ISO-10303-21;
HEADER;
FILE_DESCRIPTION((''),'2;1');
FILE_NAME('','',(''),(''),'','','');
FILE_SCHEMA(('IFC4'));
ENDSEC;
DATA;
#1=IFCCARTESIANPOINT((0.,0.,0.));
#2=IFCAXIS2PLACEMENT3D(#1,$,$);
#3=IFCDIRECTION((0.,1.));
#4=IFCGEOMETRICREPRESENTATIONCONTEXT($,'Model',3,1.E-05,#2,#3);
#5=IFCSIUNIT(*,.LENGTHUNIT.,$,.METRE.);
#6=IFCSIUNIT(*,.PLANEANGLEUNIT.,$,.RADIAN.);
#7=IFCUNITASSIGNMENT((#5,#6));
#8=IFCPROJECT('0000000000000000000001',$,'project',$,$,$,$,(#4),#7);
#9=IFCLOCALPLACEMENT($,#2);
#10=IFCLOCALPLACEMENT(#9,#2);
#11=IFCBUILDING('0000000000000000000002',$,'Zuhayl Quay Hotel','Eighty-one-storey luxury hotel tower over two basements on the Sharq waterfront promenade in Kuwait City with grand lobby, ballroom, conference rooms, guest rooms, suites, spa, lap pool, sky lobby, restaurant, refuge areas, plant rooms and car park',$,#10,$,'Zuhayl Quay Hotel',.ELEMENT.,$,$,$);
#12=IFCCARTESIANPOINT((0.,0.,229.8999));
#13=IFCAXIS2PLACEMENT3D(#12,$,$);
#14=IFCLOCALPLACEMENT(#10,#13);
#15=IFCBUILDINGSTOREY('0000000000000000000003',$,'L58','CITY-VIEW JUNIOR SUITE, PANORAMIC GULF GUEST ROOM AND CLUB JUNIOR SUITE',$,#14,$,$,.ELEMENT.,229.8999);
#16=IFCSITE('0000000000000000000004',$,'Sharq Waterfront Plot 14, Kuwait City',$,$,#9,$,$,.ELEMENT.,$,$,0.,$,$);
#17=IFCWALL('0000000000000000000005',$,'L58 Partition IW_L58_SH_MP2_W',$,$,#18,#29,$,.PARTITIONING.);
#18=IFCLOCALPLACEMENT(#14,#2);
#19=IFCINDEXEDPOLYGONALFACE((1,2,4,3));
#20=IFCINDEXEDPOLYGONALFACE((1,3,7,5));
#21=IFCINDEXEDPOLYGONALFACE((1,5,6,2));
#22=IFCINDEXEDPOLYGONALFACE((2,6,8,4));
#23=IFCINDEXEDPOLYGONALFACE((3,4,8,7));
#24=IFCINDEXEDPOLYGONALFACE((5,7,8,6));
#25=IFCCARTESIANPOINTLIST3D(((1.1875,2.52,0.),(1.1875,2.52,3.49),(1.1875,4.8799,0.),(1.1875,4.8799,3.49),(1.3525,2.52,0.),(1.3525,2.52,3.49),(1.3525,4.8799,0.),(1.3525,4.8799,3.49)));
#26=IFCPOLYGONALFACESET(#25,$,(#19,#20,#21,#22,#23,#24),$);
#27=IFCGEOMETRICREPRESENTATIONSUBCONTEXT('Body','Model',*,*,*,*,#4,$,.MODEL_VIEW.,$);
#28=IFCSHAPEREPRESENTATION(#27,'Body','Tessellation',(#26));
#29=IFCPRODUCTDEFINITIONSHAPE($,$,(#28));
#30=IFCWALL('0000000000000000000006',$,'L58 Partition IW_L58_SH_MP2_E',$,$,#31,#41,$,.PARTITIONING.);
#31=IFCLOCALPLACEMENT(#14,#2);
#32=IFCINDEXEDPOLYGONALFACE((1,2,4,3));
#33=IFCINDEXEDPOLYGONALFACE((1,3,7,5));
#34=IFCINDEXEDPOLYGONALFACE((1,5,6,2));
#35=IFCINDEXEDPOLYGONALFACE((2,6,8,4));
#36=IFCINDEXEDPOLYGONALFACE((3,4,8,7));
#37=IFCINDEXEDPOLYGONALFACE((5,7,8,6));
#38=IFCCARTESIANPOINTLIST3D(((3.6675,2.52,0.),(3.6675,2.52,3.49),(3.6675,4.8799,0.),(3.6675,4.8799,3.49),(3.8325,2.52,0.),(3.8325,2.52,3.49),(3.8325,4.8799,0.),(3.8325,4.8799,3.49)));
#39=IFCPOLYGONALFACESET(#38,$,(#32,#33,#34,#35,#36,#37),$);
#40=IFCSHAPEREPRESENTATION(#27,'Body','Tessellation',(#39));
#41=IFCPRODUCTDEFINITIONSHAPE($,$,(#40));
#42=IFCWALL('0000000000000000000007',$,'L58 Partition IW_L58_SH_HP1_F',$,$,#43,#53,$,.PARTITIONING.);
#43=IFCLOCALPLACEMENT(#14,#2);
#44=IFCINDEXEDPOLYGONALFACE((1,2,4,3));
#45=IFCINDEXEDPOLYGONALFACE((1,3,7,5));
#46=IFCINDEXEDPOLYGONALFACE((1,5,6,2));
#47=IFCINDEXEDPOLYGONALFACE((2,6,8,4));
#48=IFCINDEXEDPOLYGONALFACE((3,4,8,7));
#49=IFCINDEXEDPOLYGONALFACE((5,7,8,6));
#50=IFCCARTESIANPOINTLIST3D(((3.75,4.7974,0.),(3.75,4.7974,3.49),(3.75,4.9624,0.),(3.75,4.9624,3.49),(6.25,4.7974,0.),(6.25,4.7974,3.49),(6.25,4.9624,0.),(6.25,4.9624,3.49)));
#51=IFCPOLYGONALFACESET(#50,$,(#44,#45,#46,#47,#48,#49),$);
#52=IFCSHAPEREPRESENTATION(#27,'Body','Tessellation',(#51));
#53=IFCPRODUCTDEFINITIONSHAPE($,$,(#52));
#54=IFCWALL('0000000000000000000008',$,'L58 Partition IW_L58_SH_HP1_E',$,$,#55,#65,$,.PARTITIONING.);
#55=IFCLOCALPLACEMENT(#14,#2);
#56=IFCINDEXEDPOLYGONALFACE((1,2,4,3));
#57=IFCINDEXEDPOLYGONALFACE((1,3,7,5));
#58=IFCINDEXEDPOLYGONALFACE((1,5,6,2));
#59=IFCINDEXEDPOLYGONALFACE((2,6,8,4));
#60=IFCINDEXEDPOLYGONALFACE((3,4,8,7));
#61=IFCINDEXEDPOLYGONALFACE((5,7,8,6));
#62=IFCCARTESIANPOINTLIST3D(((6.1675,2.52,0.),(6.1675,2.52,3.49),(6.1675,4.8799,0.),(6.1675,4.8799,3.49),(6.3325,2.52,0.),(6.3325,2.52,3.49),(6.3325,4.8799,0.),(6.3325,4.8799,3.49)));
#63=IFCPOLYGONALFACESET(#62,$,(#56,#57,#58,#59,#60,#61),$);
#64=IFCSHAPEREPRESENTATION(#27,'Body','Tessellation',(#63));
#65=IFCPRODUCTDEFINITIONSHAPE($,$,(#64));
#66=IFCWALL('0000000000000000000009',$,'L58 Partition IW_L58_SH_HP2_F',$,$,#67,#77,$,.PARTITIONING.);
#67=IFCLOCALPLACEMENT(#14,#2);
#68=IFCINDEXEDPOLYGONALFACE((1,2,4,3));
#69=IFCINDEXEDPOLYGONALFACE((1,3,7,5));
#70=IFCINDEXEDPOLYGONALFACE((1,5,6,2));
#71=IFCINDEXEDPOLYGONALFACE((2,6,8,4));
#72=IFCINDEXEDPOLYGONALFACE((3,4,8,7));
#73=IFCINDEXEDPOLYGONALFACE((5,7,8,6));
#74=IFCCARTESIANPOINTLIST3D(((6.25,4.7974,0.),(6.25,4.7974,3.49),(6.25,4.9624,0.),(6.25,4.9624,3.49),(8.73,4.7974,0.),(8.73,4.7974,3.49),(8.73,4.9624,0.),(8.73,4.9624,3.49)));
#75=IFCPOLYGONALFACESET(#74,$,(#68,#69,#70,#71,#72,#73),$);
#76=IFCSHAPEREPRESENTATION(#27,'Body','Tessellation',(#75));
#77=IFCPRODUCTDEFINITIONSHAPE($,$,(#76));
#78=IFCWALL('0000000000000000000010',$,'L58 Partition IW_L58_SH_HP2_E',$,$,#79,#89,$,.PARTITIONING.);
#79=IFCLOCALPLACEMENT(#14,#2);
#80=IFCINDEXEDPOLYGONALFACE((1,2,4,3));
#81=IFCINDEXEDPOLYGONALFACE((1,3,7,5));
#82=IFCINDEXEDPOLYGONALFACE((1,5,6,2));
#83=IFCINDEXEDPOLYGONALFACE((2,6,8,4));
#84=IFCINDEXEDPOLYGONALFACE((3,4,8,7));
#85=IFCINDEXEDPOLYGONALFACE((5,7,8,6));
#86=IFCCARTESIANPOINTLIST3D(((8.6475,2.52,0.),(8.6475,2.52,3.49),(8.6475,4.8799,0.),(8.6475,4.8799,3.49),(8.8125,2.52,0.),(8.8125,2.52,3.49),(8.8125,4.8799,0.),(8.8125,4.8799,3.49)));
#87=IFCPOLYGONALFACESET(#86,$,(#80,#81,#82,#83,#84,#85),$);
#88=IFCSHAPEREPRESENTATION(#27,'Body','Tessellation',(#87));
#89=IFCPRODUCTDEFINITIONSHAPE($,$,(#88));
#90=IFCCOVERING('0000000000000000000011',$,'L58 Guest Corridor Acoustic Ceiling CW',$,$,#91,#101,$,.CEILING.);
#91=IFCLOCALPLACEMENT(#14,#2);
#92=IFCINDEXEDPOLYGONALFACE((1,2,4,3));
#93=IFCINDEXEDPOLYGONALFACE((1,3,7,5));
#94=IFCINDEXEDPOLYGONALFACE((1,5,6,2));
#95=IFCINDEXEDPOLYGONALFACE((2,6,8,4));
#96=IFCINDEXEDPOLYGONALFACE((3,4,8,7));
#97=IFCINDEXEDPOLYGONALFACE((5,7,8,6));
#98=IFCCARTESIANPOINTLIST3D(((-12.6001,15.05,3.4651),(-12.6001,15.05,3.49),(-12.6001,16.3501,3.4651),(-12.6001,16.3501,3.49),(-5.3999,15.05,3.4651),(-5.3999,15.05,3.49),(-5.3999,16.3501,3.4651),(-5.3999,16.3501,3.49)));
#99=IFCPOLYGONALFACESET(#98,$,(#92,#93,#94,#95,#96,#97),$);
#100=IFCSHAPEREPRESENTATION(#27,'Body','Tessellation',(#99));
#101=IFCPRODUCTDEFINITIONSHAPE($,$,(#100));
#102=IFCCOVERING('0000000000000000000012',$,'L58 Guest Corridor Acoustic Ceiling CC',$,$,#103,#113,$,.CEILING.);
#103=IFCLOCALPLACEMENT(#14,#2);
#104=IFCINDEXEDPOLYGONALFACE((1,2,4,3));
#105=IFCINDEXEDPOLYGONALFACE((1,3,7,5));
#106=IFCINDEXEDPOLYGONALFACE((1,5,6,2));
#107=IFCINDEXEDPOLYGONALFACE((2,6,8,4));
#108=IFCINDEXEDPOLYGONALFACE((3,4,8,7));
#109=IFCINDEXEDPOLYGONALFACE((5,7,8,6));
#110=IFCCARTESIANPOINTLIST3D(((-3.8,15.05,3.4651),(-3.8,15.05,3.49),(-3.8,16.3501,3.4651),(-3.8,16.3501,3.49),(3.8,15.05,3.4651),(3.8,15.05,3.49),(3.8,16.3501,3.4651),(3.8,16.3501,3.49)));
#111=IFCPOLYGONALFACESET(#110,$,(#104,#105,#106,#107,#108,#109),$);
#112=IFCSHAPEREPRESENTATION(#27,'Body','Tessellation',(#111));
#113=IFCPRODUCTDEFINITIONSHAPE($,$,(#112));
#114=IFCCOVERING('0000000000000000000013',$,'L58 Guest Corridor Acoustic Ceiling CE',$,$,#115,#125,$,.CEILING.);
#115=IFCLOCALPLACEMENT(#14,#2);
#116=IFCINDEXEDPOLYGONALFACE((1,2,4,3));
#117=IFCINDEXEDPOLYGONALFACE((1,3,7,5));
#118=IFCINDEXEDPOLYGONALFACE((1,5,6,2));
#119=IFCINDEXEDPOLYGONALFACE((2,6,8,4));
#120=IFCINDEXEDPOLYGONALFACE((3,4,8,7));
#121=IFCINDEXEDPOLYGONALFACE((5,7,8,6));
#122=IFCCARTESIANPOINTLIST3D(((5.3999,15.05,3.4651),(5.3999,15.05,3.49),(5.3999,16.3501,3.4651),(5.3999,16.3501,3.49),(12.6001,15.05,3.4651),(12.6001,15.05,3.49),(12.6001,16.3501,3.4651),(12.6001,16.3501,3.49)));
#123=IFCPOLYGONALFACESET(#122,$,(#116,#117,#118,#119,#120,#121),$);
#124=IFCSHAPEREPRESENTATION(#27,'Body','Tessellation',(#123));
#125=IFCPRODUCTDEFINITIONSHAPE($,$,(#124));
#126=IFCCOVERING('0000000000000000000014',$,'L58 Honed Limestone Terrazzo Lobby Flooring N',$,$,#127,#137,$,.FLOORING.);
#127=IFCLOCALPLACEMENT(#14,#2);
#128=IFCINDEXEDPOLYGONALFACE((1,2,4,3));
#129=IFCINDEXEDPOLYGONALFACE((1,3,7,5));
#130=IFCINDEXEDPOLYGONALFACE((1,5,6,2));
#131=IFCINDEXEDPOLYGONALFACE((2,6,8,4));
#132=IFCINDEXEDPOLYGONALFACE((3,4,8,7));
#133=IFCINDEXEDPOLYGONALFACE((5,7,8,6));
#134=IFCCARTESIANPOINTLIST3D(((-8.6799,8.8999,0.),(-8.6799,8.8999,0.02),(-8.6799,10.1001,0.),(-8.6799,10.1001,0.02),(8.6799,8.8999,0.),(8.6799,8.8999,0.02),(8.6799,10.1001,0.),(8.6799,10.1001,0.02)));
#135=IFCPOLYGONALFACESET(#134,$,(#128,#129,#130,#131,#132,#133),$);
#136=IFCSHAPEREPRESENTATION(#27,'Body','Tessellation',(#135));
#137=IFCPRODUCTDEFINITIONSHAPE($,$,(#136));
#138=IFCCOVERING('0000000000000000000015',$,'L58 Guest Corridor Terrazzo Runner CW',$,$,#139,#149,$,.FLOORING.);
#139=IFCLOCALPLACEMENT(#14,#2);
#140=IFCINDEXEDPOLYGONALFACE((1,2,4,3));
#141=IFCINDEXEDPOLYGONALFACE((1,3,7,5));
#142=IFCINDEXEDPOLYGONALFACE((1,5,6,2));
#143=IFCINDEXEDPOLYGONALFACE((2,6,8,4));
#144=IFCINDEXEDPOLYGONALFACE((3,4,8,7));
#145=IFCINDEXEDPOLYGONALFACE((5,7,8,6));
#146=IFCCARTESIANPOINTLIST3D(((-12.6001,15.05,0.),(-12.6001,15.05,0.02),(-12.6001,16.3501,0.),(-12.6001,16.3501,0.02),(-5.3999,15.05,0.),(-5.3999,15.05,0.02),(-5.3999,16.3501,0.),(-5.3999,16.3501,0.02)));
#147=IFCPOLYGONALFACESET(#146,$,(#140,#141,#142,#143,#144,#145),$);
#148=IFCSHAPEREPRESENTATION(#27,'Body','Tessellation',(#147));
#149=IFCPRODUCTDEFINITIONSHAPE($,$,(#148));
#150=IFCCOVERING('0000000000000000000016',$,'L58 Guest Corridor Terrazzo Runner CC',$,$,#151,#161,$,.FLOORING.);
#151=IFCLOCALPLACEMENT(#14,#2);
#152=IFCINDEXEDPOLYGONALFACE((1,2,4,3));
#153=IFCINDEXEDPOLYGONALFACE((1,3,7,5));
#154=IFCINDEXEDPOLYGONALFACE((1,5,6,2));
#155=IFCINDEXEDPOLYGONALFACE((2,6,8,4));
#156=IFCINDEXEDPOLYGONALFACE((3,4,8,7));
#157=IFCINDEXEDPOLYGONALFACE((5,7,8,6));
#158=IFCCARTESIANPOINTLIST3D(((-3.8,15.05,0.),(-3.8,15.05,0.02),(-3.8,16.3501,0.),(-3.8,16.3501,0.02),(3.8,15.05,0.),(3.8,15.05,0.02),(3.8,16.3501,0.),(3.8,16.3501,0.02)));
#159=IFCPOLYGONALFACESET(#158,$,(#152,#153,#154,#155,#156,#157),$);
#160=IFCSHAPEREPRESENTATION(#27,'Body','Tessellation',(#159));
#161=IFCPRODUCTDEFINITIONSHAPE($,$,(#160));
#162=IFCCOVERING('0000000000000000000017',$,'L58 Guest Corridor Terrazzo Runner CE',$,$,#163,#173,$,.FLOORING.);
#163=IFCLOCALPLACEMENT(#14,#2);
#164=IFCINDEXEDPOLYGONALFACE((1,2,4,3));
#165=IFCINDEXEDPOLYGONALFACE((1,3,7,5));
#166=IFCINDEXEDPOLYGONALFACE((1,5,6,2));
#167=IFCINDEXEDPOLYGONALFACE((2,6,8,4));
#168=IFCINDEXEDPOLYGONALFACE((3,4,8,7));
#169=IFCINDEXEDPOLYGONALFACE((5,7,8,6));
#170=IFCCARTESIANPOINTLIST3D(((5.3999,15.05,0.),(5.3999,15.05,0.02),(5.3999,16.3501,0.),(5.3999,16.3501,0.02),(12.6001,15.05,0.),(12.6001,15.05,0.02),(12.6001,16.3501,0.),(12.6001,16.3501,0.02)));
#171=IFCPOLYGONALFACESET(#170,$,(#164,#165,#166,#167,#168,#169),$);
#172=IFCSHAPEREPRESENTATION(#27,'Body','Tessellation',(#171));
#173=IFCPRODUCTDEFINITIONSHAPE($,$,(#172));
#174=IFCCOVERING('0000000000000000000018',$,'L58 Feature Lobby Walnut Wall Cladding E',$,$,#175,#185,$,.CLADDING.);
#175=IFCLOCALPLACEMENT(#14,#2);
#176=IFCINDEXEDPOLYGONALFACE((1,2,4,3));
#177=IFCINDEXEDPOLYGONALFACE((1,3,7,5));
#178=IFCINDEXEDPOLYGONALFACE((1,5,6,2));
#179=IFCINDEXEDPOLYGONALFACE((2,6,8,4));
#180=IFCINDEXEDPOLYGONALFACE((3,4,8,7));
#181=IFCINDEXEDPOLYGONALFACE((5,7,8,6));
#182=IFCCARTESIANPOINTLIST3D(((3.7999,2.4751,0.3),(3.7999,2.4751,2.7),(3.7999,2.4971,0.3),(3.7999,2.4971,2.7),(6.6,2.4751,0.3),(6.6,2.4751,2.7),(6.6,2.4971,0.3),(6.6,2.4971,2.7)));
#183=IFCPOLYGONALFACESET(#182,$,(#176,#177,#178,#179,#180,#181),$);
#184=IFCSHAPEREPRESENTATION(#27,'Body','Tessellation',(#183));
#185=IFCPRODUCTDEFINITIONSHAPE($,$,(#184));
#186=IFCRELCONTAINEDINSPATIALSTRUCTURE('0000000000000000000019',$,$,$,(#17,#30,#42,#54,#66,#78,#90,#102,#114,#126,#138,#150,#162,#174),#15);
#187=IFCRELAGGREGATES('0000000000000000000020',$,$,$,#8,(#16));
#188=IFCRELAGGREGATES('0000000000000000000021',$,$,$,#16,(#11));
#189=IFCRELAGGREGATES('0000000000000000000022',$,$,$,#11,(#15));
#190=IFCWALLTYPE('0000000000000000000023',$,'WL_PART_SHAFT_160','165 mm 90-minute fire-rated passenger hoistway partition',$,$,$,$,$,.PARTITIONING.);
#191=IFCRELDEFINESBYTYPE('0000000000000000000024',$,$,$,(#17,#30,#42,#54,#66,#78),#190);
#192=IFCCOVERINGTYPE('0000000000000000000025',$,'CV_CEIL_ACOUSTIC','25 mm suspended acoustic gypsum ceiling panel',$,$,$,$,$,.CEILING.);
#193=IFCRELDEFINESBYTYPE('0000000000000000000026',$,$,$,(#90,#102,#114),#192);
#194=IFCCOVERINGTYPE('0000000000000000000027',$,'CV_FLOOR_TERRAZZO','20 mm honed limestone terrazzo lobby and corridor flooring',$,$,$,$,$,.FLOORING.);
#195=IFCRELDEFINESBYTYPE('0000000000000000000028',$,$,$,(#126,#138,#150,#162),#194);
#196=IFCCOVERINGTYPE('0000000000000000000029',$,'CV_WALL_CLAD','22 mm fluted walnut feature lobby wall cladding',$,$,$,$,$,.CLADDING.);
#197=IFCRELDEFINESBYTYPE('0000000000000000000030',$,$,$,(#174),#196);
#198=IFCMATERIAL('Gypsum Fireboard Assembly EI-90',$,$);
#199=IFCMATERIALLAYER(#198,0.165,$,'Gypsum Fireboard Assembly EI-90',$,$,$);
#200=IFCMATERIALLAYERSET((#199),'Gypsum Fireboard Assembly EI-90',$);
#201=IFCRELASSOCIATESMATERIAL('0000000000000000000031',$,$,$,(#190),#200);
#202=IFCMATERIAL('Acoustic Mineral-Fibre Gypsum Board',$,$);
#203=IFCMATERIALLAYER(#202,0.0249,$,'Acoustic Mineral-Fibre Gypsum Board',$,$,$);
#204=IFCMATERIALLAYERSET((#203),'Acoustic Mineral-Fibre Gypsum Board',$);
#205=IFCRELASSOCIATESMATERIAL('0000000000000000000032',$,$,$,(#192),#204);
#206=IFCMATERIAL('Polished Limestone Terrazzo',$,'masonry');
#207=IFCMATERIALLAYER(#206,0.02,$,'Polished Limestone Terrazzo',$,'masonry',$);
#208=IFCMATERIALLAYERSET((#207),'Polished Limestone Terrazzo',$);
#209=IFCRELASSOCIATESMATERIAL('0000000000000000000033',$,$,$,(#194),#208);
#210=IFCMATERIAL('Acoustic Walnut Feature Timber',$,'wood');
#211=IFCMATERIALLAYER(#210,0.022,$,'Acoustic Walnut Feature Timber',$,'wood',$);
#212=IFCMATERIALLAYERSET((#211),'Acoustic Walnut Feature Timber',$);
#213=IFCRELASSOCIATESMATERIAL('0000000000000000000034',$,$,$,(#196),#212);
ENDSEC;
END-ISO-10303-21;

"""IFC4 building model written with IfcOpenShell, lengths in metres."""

from ifc_helpers import new_model, si_unit, direction, frame, frame_2d, origin, origin_2d, place, context, subcontext, project, spatial, polyline, rectangle, outline, extrude, material, layer, layer_set, type_object, element, save


model = new_model("IFC4")

# Units and contexts
model_context = context("Model", 3, precision=1e-05, world=origin(), true_north=direction((0.0, 1.0)))
body_context = subcontext(model_context, "Body", "Model", "MODEL_VIEW")
ifc_project = project(units=[si_unit("LENGTHUNIT", "METRE"), si_unit("PLANEANGLEUNIT", "RADIAN")], contexts=[model_context])

# Site, building, storey
site_placement = place(None, origin())
site = spatial("IfcSite", under=ifc_project, at=site_placement, Name="Sharq Waterfront Plot 14, Kuwait City", CompositionType="ELEMENT", RefElevation=0.0)
building_placement = place(site_placement, origin())
building = spatial("IfcBuilding", under=site, at=building_placement, Name="Zuhayl Quay Hotel", Description="Eighty-one-storey luxury hotel tower over two basements on the Sharq waterfront promenade in Kuwait City with grand lobby, ballroom, conference rooms, guest rooms, suites, spa, lap pool, sky lobby, restaurant, refuge areas, plant rooms and car park", LongName="Zuhayl Quay Hotel", CompositionType="ELEMENT")
storey_placement = place(building_placement, frame((0.0, 0.0, 229.8999)))
storey = spatial("IfcBuildingStorey", under=building, at=storey_placement, Name="L58", Description="CITY-VIEW JUNIOR SUITE, PANORAMIC GULF GUEST ROOM AND CLUB JUNIOR SUITE", CompositionType="ELEMENT", Elevation=229.8999)

# Walls
ifc_material_1 = material(Name="Gypsum Fireboard Assembly EI-90")
ifc_layer_1 = layer(ifc_material_1, 0.165, Name="Gypsum Fireboard Assembly EI-90")
ifc_layer_set_1 = layer_set([ifc_layer_1], Name="Gypsum Fireboard Assembly EI-90")
wall_type_1 = type_object("IfcWallType", Name="WL_PART_SHAFT_160", Description="165 mm 90-minute fire-rated passenger hoistway partition", PredefinedType="PARTITIONING", material=ifc_layer_set_1)
for number, where, z_axis, x_axis, name in (
    (1, (1.27, 2.52, 0.0), (0.0, 0.0, 1.0), (0.0, 1.0, 0.0), "L58 Partition IW_L58_SH_MP2_W"),
    (2, (3.75, 2.52, 0.0), (0.0, 0.0, 1.0), (0.0, 1.0, 0.0), "L58 Partition IW_L58_SH_MP2_E"),
):
    element("IfcWall", number, at=place(storey_placement, frame(where, z_axis=z_axis, x_axis=x_axis)), inside=storey, type_object=wall_type_1, Name=name, PredefinedType="PARTITIONING", context=body_context, shape_type="SweptSolid", body=[
        extrude(rectangle(XDim=2.3599, YDim=0.165, at=frame_2d((1.1799, 0.0))), origin(), (0.0, 0.0, 1.0), 3.49),
    ])
wall_1_placement = place(storey_placement, frame((3.75, 4.8799, 0.0), z_axis=(0.0, 0.0, 1.0), x_axis=(1.0, 0.0, 0.0)))
element("IfcWall", 3, at=wall_1_placement, inside=storey, type_object=wall_type_1, Name="L58 Partition IW_L58_SH_HP1_F", PredefinedType="PARTITIONING", context=body_context, shape_type="SweptSolid", body=[
    extrude(rectangle(XDim=2.5, YDim=0.165, at=frame_2d((1.25, 0.0))), origin(), (0.0, 0.0, 1.0), 3.49),
])
wall_2_placement = place(storey_placement, frame((6.25, 2.52, 0.0), z_axis=(0.0, 0.0, 1.0), x_axis=(0.0, 1.0, 0.0)))
element("IfcWall", 4, at=wall_2_placement, inside=storey, type_object=wall_type_1, Name="L58 Partition IW_L58_SH_HP1_E", PredefinedType="PARTITIONING", context=body_context, shape_type="SweptSolid", body=[
    extrude(rectangle(XDim=2.3599, YDim=0.165, at=frame_2d((1.1799, 0.0))), origin(), (0.0, 0.0, 1.0), 3.49),
])
wall_3_placement = place(storey_placement, frame((6.25, 4.8799, 0.0), z_axis=(0.0, 0.0, 1.0), x_axis=(1.0, 0.0, 0.0)))
element("IfcWall", 5, at=wall_3_placement, inside=storey, type_object=wall_type_1, Name="L58 Partition IW_L58_SH_HP2_F", PredefinedType="PARTITIONING", context=body_context, shape_type="SweptSolid", body=[
    extrude(rectangle(XDim=2.48, YDim=0.165, at=frame_2d((1.24, 0.0))), origin(), (0.0, 0.0, 1.0), 3.49),
])
wall_4_placement = place(storey_placement, frame((8.73, 2.52, 0.0), z_axis=(0.0, 0.0, 1.0), x_axis=(0.0, 1.0, 0.0)))
element("IfcWall", 6, at=wall_4_placement, inside=storey, type_object=wall_type_1, Name="L58 Partition IW_L58_SH_HP2_E", PredefinedType="PARTITIONING", context=body_context, shape_type="SweptSolid", body=[
    extrude(rectangle(XDim=2.3599, YDim=0.165, at=frame_2d((1.1799, 0.0))), origin(), (0.0, 0.0, 1.0), 3.49),
])

# Coverings
ifc_material_2 = material(Name="Acoustic Mineral-Fibre Gypsum Board")
ifc_layer_2 = layer(ifc_material_2, 0.0249, Name="Acoustic Mineral-Fibre Gypsum Board")
ifc_layer_set_2 = layer_set([ifc_layer_2], Name="Acoustic Mineral-Fibre Gypsum Board")
covering_type_1 = type_object("IfcCoveringType", Name="CV_CEIL_ACOUSTIC", Description="25 mm suspended acoustic gypsum ceiling panel", PredefinedType="CEILING", material=ifc_layer_set_2)
covering_1_placement = place(storey_placement, frame((0.0, 0.0, 3.4651)))
element("IfcCovering", 7, at=covering_1_placement, inside=storey, type_object=covering_type_1, Name="L58 Guest Corridor Acoustic Ceiling CW", PredefinedType="CEILING", context=body_context, shape_type="SweptSolid", body=[
    extrude(outline(polyline([(-12.6001, 15.05), (-5.3999, 15.05), (-5.3999, 16.3501), (-12.6001, 16.3501), (-12.6001, 15.05)])), origin(), (0.0, 0.0, 1.0), 0.0249),
])
covering_2_placement = place(storey_placement, frame((0.0, 0.0, 3.4651)))
element("IfcCovering", 8, at=covering_2_placement, inside=storey, type_object=covering_type_1, Name="L58 Guest Corridor Acoustic Ceiling CC", PredefinedType="CEILING", context=body_context, shape_type="SweptSolid", body=[
    extrude(outline(polyline([(-3.8, 15.05), (3.8, 15.05), (3.8, 16.3501), (-3.8, 16.3501), (-3.8, 15.05)])), origin(), (0.0, 0.0, 1.0), 0.0249),
])
covering_3_placement = place(storey_placement, frame((0.0, 0.0, 3.4651)))
element("IfcCovering", 9, at=covering_3_placement, inside=storey, type_object=covering_type_1, Name="L58 Guest Corridor Acoustic Ceiling CE", PredefinedType="CEILING", context=body_context, shape_type="SweptSolid", body=[
    extrude(outline(polyline([(5.3999, 15.05), (12.6001, 15.05), (12.6001, 16.3501), (5.3999, 16.3501), (5.3999, 15.05)])), origin(), (0.0, 0.0, 1.0), 0.0249),
])
ifc_material_3 = material(Name="Polished Limestone Terrazzo", Category="masonry")
ifc_layer_3 = layer(ifc_material_3, 0.02, Name="Polished Limestone Terrazzo", Category="masonry")
ifc_layer_set_3 = layer_set([ifc_layer_3], Name="Polished Limestone Terrazzo")
covering_type_2 = type_object("IfcCoveringType", Name="CV_FLOOR_TERRAZZO", Description="20 mm honed limestone terrazzo lobby and corridor flooring", PredefinedType="FLOORING", material=ifc_layer_set_3)
covering_4_placement = place(storey_placement, origin())
element("IfcCovering", 10, at=covering_4_placement, inside=storey, type_object=covering_type_2, Name="L58 Honed Limestone Terrazzo Lobby Flooring N", PredefinedType="FLOORING", context=body_context, shape_type="SweptSolid", body=[
    extrude(outline(polyline([(-8.6799, 8.8999), (8.6799, 8.8999), (8.6799, 10.1001), (-8.6799, 10.1001), (-8.6799, 8.8999)])), origin(), (0.0, 0.0, 1.0), 0.02),
])
covering_5_placement = place(storey_placement, origin())
element("IfcCovering", 11, at=covering_5_placement, inside=storey, type_object=covering_type_2, Name="L58 Guest Corridor Terrazzo Runner CW", PredefinedType="FLOORING", context=body_context, shape_type="SweptSolid", body=[
    extrude(outline(polyline([(-12.6001, 15.05), (-5.3999, 15.05), (-5.3999, 16.3501), (-12.6001, 16.3501), (-12.6001, 15.05)])), origin(), (0.0, 0.0, 1.0), 0.02),
])
covering_6_placement = place(storey_placement, origin())
element("IfcCovering", 12, at=covering_6_placement, inside=storey, type_object=covering_type_2, Name="L58 Guest Corridor Terrazzo Runner CC", PredefinedType="FLOORING", context=body_context, shape_type="SweptSolid", body=[
    extrude(outline(polyline([(-3.8, 15.05), (3.8, 15.05), (3.8, 16.3501), (-3.8, 16.3501), (-3.8, 15.05)])), origin(), (0.0, 0.0, 1.0), 0.02),
])
covering_7_placement = place(storey_placement, origin())
element("IfcCovering", 13, at=covering_7_placement, inside=storey, type_object=covering_type_2, Name="L58 Guest Corridor Terrazzo Runner CE", PredefinedType="FLOORING", context=body_context, shape_type="SweptSolid", body=[
    extrude(outline(polyline([(5.3999, 15.05), (12.6001, 15.05), (12.6001, 16.3501), (5.3999, 16.3501), (5.3999, 15.05)])), origin(), (0.0, 0.0, 1.0), 0.02),
])
ifc_material_4 = material(Name="Acoustic Walnut Feature Timber", Category="wood")
ifc_layer_4 = layer(ifc_material_4, 0.022, Name="Acoustic Walnut Feature Timber", Category="wood")
ifc_layer_set_4 = layer_set([ifc_layer_4], Name="Acoustic Walnut Feature Timber")
covering_type_3 = type_object("IfcCoveringType", Name="CV_WALL_CLAD", Description="22 mm fluted walnut feature lobby wall cladding", PredefinedType="CLADDING", material=ifc_layer_set_4)
covering_8_placement = place(storey_placement, frame((5.2, 2.4861, 0.3), z_axis=(0.0, 0.0, 1.0), x_axis=(1.0, 0.0, 0.0)))
element("IfcCovering", 14, at=covering_8_placement, inside=storey, type_object=covering_type_3, Name="L58 Feature Lobby Walnut Wall Cladding E", PredefinedType="CLADDING", context=body_context, shape_type="SweptSolid", body=[
    extrude(rectangle(XDim=2.8, YDim=0.022, at=origin_2d()), origin(), (0.0, 0.0, 1.0), 2.3999),
])

save(model, "model.ifc")
